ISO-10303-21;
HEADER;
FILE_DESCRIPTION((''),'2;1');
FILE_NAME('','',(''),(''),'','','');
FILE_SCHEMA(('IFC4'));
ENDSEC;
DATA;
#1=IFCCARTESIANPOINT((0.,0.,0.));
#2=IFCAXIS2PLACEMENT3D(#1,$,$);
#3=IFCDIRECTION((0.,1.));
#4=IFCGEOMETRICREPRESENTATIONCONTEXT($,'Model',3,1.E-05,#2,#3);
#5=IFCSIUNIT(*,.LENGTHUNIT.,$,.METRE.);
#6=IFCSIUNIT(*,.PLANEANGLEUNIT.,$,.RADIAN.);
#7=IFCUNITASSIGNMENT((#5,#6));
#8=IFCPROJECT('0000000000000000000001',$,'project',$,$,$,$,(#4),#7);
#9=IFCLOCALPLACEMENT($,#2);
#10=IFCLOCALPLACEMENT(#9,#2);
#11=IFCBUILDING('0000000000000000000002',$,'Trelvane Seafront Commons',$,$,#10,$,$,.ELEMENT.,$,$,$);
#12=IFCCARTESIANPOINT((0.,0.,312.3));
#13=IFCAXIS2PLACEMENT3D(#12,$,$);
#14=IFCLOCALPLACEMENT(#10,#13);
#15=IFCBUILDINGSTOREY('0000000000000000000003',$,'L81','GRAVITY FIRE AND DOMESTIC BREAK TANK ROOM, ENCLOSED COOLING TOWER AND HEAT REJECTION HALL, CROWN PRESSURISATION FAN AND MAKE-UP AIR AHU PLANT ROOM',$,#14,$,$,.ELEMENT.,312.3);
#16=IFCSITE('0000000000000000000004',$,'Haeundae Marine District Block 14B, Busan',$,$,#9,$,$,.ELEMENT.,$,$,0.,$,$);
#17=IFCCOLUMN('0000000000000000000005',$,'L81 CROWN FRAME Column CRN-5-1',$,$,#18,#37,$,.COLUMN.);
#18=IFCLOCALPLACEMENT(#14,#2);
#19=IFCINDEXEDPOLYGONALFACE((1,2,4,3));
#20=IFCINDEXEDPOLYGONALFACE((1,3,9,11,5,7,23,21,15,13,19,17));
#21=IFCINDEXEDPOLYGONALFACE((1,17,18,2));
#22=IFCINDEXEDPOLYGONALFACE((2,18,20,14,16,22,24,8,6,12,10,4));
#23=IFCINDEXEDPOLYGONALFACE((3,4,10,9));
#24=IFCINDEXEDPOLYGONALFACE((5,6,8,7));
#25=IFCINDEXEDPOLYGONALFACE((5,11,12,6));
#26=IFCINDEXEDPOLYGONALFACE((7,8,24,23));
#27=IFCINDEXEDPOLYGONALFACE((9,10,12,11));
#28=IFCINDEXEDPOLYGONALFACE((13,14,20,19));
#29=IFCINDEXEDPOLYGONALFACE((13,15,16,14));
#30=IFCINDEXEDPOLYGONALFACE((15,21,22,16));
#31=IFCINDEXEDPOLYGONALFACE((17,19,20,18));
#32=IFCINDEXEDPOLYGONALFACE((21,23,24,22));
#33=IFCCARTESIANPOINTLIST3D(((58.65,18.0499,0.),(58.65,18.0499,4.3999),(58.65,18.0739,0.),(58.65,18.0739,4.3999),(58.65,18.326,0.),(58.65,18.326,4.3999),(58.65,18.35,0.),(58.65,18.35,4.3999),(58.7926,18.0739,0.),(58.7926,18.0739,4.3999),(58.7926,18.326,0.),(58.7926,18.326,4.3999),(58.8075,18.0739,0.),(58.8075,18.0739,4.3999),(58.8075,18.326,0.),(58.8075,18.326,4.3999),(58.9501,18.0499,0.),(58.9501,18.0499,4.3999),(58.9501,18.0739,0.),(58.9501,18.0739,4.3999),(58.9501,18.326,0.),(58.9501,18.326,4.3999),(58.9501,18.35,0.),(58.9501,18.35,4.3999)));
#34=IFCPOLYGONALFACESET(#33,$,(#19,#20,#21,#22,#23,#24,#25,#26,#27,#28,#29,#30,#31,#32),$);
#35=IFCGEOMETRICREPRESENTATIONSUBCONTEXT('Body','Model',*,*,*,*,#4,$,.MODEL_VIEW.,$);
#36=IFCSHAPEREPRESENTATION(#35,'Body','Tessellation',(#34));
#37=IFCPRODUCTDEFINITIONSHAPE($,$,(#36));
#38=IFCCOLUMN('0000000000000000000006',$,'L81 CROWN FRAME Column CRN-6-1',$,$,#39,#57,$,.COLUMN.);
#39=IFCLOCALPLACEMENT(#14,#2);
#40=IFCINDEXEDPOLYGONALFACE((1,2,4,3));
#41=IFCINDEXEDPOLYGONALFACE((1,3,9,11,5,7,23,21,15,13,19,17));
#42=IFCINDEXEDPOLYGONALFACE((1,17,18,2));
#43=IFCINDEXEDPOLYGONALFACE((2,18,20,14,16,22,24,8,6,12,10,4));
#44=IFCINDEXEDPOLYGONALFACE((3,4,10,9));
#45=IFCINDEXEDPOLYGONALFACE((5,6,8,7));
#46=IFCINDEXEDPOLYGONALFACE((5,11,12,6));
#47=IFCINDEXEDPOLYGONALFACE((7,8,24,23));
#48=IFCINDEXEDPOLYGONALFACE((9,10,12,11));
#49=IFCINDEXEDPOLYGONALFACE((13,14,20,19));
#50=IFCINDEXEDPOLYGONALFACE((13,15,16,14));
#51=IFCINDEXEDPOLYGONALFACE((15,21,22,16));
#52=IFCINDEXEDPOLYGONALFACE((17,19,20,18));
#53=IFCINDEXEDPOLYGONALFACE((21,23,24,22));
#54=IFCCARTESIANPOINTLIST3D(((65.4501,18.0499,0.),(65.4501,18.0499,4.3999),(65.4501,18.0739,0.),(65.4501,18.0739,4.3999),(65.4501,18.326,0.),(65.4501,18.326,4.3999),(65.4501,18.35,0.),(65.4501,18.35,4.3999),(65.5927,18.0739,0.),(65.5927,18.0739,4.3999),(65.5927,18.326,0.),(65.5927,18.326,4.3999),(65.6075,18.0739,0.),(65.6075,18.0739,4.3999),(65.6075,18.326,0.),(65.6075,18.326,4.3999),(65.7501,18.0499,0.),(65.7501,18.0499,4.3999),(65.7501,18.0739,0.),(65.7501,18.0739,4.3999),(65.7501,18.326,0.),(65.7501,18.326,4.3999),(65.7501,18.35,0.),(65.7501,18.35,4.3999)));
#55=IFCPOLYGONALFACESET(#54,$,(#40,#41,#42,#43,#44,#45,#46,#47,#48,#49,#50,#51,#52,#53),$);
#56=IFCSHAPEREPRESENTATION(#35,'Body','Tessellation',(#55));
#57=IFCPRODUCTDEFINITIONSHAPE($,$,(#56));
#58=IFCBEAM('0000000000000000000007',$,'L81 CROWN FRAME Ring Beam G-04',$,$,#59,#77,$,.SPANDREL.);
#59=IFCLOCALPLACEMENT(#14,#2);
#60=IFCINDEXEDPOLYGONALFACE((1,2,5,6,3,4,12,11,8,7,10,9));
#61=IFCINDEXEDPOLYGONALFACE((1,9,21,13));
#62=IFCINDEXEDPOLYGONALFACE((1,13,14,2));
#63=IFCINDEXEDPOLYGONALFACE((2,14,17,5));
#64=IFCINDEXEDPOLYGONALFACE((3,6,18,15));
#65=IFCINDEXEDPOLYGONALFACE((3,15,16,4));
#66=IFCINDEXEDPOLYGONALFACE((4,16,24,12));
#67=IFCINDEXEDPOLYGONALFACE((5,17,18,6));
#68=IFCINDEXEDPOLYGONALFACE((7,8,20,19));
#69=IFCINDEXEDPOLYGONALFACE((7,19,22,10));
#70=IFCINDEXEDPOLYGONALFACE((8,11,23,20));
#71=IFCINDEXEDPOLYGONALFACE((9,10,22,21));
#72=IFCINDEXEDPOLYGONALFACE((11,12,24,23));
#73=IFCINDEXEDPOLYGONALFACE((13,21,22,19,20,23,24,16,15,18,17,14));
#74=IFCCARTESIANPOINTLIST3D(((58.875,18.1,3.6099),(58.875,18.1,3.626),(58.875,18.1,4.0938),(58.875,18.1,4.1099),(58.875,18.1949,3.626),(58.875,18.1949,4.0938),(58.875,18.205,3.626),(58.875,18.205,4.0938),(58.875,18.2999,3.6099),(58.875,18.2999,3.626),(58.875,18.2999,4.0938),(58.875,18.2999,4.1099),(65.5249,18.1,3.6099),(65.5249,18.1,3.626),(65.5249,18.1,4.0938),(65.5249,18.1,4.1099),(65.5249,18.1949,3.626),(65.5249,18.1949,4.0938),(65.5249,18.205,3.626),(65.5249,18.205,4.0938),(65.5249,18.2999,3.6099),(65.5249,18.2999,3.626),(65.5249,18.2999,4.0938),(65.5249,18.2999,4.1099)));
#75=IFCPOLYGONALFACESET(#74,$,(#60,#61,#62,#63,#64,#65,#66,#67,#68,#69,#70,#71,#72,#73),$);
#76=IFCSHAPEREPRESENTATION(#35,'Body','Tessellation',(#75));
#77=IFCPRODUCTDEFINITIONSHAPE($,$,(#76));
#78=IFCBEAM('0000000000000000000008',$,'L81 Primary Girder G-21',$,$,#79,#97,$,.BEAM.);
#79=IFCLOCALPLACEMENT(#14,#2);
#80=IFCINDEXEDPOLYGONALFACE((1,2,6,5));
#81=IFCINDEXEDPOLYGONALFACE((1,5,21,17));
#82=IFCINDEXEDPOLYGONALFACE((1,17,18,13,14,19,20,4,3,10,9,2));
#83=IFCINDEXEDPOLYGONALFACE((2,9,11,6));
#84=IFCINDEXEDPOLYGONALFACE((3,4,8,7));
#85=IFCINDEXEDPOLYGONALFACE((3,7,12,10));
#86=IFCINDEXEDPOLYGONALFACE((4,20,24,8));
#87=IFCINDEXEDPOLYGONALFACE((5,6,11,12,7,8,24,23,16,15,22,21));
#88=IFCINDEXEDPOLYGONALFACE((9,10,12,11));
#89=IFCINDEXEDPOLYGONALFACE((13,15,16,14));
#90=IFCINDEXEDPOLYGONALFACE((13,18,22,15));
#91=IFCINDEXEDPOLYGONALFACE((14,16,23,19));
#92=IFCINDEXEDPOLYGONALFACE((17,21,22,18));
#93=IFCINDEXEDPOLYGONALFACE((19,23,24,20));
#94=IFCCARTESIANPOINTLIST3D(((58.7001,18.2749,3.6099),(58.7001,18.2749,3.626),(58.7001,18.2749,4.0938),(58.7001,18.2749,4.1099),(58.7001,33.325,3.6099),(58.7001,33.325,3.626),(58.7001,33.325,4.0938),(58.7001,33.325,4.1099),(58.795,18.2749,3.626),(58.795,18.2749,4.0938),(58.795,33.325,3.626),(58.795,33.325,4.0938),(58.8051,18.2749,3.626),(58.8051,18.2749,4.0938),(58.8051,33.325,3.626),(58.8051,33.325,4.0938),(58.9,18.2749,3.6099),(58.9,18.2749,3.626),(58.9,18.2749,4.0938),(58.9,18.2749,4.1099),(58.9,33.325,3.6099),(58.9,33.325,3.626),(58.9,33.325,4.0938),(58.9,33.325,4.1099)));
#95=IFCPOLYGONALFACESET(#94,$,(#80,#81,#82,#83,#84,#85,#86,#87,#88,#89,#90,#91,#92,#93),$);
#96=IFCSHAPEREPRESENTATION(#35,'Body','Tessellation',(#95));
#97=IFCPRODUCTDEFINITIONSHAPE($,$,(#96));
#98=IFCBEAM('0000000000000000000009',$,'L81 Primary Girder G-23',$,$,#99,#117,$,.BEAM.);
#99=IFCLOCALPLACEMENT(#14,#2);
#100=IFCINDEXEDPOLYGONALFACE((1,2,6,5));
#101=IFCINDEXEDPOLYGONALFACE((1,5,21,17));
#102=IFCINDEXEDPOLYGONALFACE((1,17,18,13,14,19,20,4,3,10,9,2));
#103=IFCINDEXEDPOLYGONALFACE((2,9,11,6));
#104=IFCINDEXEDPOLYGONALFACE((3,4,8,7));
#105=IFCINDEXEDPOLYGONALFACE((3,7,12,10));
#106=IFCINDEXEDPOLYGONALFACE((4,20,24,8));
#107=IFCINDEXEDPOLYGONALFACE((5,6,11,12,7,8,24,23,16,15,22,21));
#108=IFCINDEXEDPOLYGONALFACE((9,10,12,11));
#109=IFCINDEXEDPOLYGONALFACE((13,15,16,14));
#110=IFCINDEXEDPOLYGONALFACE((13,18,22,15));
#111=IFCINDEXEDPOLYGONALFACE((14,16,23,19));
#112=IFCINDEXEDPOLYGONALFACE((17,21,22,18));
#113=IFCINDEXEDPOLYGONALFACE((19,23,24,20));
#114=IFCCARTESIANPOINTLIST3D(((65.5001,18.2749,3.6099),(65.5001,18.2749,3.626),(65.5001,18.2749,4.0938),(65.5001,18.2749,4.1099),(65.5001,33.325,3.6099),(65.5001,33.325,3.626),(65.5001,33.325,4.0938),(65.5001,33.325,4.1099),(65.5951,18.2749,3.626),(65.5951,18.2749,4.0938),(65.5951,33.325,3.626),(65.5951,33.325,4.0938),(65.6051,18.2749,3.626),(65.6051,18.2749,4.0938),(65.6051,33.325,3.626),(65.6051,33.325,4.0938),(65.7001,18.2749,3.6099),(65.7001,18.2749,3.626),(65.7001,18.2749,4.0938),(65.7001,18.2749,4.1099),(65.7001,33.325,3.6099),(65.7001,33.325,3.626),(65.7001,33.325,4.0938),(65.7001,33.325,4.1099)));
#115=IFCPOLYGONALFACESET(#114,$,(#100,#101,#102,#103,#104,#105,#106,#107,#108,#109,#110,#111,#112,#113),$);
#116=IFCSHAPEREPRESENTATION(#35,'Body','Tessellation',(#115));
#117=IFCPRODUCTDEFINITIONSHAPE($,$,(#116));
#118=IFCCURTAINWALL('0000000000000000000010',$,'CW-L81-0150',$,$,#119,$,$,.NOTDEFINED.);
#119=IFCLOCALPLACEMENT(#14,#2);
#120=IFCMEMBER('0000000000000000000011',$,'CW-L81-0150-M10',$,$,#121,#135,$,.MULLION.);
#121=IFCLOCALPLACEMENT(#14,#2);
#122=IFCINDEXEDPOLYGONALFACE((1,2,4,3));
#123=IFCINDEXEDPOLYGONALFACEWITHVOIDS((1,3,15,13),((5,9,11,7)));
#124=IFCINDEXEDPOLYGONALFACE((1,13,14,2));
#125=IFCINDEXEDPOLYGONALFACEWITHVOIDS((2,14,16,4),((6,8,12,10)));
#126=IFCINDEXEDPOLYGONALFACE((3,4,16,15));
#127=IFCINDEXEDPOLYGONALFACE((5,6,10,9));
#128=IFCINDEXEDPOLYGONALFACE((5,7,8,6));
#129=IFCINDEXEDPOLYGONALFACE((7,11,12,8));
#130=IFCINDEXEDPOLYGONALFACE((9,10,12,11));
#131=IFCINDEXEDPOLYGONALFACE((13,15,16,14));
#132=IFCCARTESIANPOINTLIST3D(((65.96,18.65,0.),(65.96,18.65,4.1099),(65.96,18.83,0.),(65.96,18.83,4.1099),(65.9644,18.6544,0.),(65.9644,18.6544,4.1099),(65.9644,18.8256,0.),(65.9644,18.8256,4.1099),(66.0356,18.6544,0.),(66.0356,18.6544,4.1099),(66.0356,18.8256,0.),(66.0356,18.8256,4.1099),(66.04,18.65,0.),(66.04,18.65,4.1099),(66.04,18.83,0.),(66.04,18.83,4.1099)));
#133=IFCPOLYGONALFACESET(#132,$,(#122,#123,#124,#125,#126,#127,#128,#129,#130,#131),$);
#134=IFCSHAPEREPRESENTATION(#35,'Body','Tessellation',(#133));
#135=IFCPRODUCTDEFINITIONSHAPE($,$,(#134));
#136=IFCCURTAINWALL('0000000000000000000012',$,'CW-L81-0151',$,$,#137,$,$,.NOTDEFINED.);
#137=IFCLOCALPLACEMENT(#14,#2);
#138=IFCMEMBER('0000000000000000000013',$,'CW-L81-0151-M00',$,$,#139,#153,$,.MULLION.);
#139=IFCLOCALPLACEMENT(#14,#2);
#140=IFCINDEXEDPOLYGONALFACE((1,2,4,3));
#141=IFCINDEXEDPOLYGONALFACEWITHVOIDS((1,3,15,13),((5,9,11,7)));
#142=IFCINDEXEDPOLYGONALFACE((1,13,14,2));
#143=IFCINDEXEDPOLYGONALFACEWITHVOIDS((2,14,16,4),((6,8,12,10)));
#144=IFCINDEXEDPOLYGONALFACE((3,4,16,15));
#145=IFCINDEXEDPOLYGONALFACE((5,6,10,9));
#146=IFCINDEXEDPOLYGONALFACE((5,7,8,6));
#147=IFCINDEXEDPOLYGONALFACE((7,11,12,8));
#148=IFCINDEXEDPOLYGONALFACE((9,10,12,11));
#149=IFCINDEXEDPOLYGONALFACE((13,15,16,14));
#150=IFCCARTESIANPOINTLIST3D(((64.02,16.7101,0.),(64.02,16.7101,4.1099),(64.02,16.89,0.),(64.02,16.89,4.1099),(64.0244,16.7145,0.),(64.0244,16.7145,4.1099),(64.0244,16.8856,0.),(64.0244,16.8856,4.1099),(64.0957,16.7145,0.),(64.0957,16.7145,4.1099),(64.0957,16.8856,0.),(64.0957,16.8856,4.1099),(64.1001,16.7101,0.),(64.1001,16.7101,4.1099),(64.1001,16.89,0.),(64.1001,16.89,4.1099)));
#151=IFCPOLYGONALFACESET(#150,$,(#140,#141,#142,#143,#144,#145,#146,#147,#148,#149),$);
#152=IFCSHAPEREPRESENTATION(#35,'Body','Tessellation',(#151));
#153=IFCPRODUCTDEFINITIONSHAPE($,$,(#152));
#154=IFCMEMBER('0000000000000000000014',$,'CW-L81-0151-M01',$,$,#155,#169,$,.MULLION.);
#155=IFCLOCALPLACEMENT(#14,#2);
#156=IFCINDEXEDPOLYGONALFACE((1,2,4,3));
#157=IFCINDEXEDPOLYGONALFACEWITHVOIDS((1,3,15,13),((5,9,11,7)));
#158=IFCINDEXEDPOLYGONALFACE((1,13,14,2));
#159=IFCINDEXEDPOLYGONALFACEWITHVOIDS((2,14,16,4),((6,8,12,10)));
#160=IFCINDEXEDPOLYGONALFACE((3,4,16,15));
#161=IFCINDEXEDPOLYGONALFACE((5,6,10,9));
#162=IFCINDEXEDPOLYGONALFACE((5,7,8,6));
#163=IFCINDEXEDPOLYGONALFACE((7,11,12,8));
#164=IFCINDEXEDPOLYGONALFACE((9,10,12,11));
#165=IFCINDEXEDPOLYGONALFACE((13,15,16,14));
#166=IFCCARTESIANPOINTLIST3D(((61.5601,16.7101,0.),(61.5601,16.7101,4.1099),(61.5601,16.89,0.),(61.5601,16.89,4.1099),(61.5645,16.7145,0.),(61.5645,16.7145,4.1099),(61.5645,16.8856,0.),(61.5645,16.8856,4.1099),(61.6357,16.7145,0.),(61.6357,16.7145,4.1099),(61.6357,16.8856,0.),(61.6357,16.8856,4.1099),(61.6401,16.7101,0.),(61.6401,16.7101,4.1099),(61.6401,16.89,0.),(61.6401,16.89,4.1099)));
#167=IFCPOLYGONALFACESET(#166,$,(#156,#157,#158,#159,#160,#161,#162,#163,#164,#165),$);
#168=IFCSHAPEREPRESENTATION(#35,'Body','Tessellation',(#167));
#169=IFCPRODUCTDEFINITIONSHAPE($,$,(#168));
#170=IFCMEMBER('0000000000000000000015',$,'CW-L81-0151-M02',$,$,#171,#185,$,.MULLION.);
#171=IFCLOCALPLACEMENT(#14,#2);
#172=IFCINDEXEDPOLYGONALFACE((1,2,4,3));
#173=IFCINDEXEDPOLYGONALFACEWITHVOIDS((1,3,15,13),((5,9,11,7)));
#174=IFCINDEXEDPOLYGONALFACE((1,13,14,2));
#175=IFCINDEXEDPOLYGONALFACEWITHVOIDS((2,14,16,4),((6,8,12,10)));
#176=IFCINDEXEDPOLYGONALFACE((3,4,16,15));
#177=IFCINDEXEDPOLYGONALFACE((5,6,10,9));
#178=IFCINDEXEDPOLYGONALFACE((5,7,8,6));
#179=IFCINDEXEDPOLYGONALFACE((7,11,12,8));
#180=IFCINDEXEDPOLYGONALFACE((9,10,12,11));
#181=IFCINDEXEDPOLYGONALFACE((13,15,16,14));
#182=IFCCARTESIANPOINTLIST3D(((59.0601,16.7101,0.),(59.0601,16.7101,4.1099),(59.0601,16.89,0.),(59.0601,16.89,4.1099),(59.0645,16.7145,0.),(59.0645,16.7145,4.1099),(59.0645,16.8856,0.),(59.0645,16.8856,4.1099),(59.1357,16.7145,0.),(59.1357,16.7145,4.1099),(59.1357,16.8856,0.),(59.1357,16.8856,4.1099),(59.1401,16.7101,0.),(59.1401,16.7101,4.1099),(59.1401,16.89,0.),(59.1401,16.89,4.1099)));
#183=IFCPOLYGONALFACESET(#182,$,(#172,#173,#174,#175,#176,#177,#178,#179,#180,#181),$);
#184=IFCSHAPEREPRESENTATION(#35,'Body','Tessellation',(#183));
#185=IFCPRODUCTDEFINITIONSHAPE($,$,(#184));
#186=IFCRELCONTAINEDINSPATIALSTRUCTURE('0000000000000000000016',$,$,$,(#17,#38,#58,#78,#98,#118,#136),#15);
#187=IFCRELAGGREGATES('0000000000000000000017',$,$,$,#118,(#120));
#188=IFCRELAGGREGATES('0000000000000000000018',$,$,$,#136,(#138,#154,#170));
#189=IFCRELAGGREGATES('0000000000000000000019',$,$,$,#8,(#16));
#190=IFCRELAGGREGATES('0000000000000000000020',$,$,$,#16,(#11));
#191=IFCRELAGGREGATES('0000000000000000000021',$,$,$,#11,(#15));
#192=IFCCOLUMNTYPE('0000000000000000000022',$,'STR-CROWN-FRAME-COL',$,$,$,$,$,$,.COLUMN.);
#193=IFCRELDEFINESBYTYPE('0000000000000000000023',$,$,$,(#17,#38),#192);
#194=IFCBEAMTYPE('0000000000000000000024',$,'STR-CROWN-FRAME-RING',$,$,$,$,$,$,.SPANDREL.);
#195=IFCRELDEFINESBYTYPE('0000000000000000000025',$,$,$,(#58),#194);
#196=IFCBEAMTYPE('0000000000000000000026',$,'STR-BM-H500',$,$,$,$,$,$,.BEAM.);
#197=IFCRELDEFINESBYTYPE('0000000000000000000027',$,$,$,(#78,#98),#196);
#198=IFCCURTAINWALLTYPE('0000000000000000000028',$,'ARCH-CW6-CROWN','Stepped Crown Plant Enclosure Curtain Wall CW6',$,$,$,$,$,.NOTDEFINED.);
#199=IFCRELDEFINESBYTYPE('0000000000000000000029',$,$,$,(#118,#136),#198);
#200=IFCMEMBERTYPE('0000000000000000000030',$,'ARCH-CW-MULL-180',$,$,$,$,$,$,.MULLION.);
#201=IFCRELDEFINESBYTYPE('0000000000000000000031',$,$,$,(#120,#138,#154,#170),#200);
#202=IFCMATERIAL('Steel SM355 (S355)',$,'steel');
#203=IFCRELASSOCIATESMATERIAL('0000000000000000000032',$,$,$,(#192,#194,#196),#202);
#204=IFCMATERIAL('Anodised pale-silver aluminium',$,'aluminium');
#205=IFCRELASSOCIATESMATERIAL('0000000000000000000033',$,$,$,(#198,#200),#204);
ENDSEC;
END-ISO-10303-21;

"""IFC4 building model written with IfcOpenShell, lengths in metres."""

from ifc_helpers import new_model, si_unit, direction, frame, origin, origin_2d, place, context, subcontext, project, spatial, hollow_rectangle, i_section, extrude, source, transform, mapped, material, material_profile, profile_set, type_object, element, aggregate, save


model = new_model("IFC4")

# Units and contexts
model_context = context("Model", 3, precision=1e-05, world=origin(), true_north=direction((0.0, 1.0)))
body_context = subcontext(model_context, "Body", "Model", "MODEL_VIEW")
ifc_project = project(units=[si_unit("LENGTHUNIT", "METRE"), si_unit("PLANEANGLEUNIT", "RADIAN")], contexts=[model_context])

# Site, building, storey
site_placement = place(None, origin())
site = spatial("IfcSite", under=ifc_project, at=site_placement, Name="Haeundae Marine District Block 14B, Busan", CompositionType="ELEMENT", RefElevation=0.0)
building_placement = place(site_placement, origin())
building = spatial("IfcBuilding", under=site, at=building_placement, Name="Trelvane Seafront Commons", CompositionType="ELEMENT")
storey_placement = place(building_placement, frame((0.0, 0.0, 312.3)))
storey = spatial("IfcBuildingStorey", under=building, at=storey_placement, Name="L81", Description="GRAVITY FIRE AND DOMESTIC BREAK TANK ROOM, ENCLOSED COOLING TOWER AND HEAT REJECTION HALL, CROWN PRESSURISATION FAN AND MAKE-UP AIR AHU PLANT ROOM", CompositionType="ELEMENT", Elevation=312.3)

# Columns
ifc_material_1 = material(Name="Steel SM355 (S355)", Category="steel")
ifc_material_profile_1 = material_profile(ifc_material_1, i_section(OverallWidth=0.3, OverallDepth=0.3, WebThickness=0.0149, FlangeThickness=0.0239, at=origin_2d()), Name="HD-300x300x15x24")
ifc_profile_set_1 = profile_set([ifc_material_profile_1], Name="Steel SM355 (S355)")
column_type = type_object("IfcColumnType", Name="STR-CROWN-FRAME-COL", PredefinedType="COLUMN", material=ifc_profile_set_1)
shared_shape_1 = source(origin(), body_context, "Body", "SweptSolid", [
    extrude(i_section(OverallWidth=0.3, OverallDepth=0.3, WebThickness=0.0149, FlangeThickness=0.0239, at=origin_2d()), origin(), (0.0, 0.0, 1.0), 4.3999),
])
for number, where, z_axis, x_axis, name in (
    (1, (58.8, 18.2, 0.0), (0.0, 0.0, 1.0), (1.0, 0.0, 0.0), "L81 CROWN FRAME Column CRN-5-1"),
    (2, (65.6001, 18.2, 0.0), (0.0, 0.0, 1.0), (1.0, 0.0, 0.0), "L81 CROWN FRAME Column CRN-6-1"),
):
    element("IfcColumn", number, at=place(storey_placement, frame(where, z_axis=z_axis, x_axis=x_axis)), inside=storey, type_object=column_type, Name=name, PredefinedType="COLUMN", context=body_context, shape_type="MappedRepresentation", body=[
        mapped(shared_shape_1, transform((0.0, 0.0, 0.0), x_axis=(1.0, 0.0, 0.0), y_axis=(0.0, 1.0, 0.0), z_axis=(0.0, 0.0, 1.0), scale=1.0)),
    ])

# Beams
ifc_material_profile_2 = material_profile(ifc_material_1, i_section(OverallWidth=0.2, OverallDepth=0.5, WebThickness=0.01, FlangeThickness=0.0161, at=origin_2d()), Name="H-500x200x10x16")
ifc_profile_set_2 = profile_set([ifc_material_profile_2], Name="Steel SM355 (S355)")
beam_type_1 = type_object("IfcBeamType", Name="STR-CROWN-FRAME-RING", PredefinedType="SPANDREL", material=ifc_profile_set_2)
shared_shape_2 = source(origin(), body_context, "Body", "SweptSolid", [
    extrude(i_section(OverallWidth=0.2, OverallDepth=0.5, WebThickness=0.01, FlangeThickness=0.0161, at=origin_2d()), origin(), (0.0, 0.0, 1.0), 6.6499),
])
beam_placement = place(storey_placement, frame((58.875, 18.2, 3.8599), z_axis=(1.0, 0.0, 0.0), x_axis=(0.0, 1.0, 0.0)))
element("IfcBeam", 3, at=beam_placement, inside=storey, type_object=beam_type_1, Name="L81 CROWN FRAME Ring Beam G-04", PredefinedType="SPANDREL", context=body_context, shape_type="MappedRepresentation", body=[
    mapped(shared_shape_2, transform((0.0, 0.0, 0.0), x_axis=(1.0, 0.0, 0.0), y_axis=(0.0, 1.0, 0.0), z_axis=(0.0, 0.0, 1.0), scale=1.0)),
])
ifc_material_profile_3 = material_profile(ifc_material_1, i_section(OverallWidth=0.2, OverallDepth=0.5, WebThickness=0.01, FlangeThickness=0.0161, at=origin_2d()), Name="H-500x200x10x16")
ifc_profile_set_3 = profile_set([ifc_material_profile_3], Name="Steel SM355 (S355)")
beam_type_2 = type_object("IfcBeamType", Name="STR-BM-H500", PredefinedType="BEAM", material=ifc_profile_set_3)
shared_shape_3 = source(origin(), body_context, "Body", "SweptSolid", [
    extrude(i_section(OverallWidth=0.2, OverallDepth=0.5, WebThickness=0.01, FlangeThickness=0.0161, at=origin_2d()), origin(), (0.0, 0.0, 1.0), 15.05),
])
for number, where, z_axis, x_axis, name in (
    (4, (58.8, 18.2749, 3.8599), (0.0, 1.0, 0.0), (-1.0, 0.0, 0.0), "L81 Primary Girder G-21"),
    (5, (65.6001, 18.2749, 3.8599), (0.0, 1.0, 0.0), (-1.0, 0.0, 0.0), "L81 Primary Girder G-23"),
):
    element("IfcBeam", number, at=place(storey_placement, frame(where, z_axis=z_axis, x_axis=x_axis)), inside=storey, type_object=beam_type_2, Name=name, PredefinedType="BEAM", context=body_context, shape_type="MappedRepresentation", body=[
        mapped(shared_shape_3, transform((0.0, 0.0, 0.0), x_axis=(1.0, 0.0, 0.0), y_axis=(0.0, 1.0, 0.0), z_axis=(0.0, 0.0, 1.0), scale=1.0)),
    ])

# Curtain wall, member
ifc_material_2 = material(Name="Anodised pale-silver aluminium", Category="aluminium")
curtain_wall_type = type_object("IfcCurtainWallType", Name="ARCH-CW6-CROWN", Description="Stepped Crown Plant Enclosure Curtain Wall CW6", PredefinedType="NOTDEFINED", material=ifc_material_2)
curtain_wall_1_placement = place(storey_placement, origin())
curtain_wall_1 = element("IfcCurtainWall", 6, at=curtain_wall_1_placement, inside=storey, type_object=curtain_wall_type, Name="CW-L81-0150", PredefinedType="NOTDEFINED")
ifc_material_profile_4 = material_profile(ifc_material_2, hollow_rectangle(XDim=0.0801, YDim=0.1799, WallThickness=0.0044, at=origin_2d()), Name="MULL-80x180x4.5")
ifc_profile_set_4 = profile_set([ifc_material_profile_4], Name="Anodised pale-silver aluminium")
member_type_1 = type_object("IfcMemberType", Name="ARCH-CW-MULL-180", PredefinedType="MULLION", material=ifc_profile_set_4)
shared_shape_4 = source(origin(), body_context, "Body", "SweptSolid", [
    extrude(hollow_rectangle(XDim=0.0801, YDim=0.1799, WallThickness=0.0044, at=origin_2d()), origin(), (0.0, 0.0, 1.0), 4.1099),
])
member_1_placement = place(storey_placement, frame((66.0, 18.74, 0.0), z_axis=(0.0, 0.0, 1.0), x_axis=(1.0, 0.0, 0.0)))
member_1 = element("IfcMember", 7, at=member_1_placement, type_object=member_type_1, Name="CW-L81-0150-M10", PredefinedType="MULLION", context=body_context, shape_type="MappedRepresentation", body=[
    mapped(shared_shape_4, transform((0.0, 0.0, 0.0), x_axis=(1.0, 0.0, 0.0), y_axis=(0.0, 1.0, 0.0), z_axis=(0.0, 0.0, 1.0), scale=1.0)),
])
aggregate(curtain_wall_1, [member_1])

# Curtain wall, members
curtain_wall_2_placement = place(storey_placement, origin())
curtain_wall_2 = element("IfcCurtainWall", 8, at=curtain_wall_2_placement, inside=storey, type_object=curtain_wall_type, Name="CW-L81-0151", PredefinedType="NOTDEFINED")
member_2_placement = place(storey_placement, frame((64.0601, 16.8, 0.0), z_axis=(0.0, 0.0, 1.0), x_axis=(1.0, 0.0, 0.0)))
member_2 = element("IfcMember", 9, at=member_2_placement, type_object=member_type_1, Name="CW-L81-0151-M00", PredefinedType="MULLION", context=body_context, shape_type="MappedRepresentation", body=[
    mapped(shared_shape_4, transform((0.0, 0.0, 0.0), x_axis=(1.0, 0.0, 0.0), y_axis=(0.0, 1.0, 0.0), z_axis=(0.0, 0.0, 1.0), scale=1.0)),
])
member_3_placement = place(storey_placement, frame((61.6001, 16.8, 0.0), z_axis=(0.0, 0.0, 1.0), x_axis=(1.0, 0.0, 0.0)))
member_3 = element("IfcMember", 10, at=member_3_placement, type_object=member_type_1, Name="CW-L81-0151-M01", PredefinedType="MULLION", context=body_context, shape_type="MappedRepresentation", body=[
    mapped(shared_shape_4, transform((0.0, 0.0, 0.0), x_axis=(1.0, 0.0, 0.0), y_axis=(0.0, 1.0, 0.0), z_axis=(0.0, 0.0, 1.0), scale=1.0)),
])
member_4_placement = place(storey_placement, frame((59.1001, 16.8, 0.0), z_axis=(0.0, 0.0, 1.0), x_axis=(1.0, 0.0, 0.0)))
member_4 = element("IfcMember", 11, at=member_4_placement, type_object=member_type_1, Name="CW-L81-0151-M02", PredefinedType="MULLION", context=body_context, shape_type="MappedRepresentation", body=[
    mapped(shared_shape_4, transform((0.0, 0.0, 0.0), x_axis=(1.0, 0.0, 0.0), y_axis=(0.0, 1.0, 0.0), z_axis=(0.0, 0.0, 1.0), scale=1.0)),
])
aggregate(curtain_wall_2, [member_2, member_3, member_4])

save(model, "model.ifc")
